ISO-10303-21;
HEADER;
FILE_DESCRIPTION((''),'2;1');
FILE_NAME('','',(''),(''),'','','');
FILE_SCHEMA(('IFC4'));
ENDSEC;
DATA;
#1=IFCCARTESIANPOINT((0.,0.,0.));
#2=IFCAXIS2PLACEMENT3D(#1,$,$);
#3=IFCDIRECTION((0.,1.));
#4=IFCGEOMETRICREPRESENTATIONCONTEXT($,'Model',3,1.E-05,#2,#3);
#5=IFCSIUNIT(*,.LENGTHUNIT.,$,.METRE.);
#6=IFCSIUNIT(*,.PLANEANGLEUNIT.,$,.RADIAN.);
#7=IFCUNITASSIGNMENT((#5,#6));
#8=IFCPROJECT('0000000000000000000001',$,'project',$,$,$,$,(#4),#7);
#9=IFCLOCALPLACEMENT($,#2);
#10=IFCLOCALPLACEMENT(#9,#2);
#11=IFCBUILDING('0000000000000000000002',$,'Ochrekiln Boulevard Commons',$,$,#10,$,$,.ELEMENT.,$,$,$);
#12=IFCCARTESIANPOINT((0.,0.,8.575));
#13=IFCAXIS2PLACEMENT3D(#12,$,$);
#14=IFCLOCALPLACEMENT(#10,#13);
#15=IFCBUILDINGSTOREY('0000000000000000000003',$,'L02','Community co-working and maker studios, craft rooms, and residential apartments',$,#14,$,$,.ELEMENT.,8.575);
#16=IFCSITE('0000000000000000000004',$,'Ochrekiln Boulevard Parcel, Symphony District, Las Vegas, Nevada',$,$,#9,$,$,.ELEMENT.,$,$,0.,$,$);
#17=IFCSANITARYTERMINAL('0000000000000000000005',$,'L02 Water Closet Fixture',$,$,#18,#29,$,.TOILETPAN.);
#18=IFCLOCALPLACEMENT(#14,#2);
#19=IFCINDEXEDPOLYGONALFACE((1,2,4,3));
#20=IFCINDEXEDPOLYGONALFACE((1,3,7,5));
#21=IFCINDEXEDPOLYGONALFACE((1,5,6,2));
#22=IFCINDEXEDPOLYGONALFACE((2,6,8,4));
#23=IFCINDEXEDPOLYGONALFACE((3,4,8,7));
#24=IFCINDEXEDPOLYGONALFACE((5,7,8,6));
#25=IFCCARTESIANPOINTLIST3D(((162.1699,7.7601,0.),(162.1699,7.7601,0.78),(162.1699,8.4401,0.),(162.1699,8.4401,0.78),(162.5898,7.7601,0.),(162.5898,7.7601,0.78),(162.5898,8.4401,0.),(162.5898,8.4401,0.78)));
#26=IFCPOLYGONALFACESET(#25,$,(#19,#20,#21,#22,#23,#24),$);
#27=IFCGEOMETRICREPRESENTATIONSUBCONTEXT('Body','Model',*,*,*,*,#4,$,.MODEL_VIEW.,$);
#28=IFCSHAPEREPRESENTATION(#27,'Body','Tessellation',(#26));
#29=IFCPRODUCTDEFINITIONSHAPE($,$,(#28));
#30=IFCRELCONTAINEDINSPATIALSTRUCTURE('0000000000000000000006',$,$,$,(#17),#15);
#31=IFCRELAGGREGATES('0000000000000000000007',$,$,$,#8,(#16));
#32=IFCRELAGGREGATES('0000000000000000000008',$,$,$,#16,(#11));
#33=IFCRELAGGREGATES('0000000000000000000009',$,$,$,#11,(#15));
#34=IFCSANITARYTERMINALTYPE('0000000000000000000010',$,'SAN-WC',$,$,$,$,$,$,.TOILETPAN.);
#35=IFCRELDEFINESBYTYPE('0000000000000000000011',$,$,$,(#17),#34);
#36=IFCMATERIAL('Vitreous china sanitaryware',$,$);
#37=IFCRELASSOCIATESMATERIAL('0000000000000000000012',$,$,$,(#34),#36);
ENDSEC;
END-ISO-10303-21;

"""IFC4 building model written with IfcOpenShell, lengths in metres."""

from ifc_helpers import new_model, si_unit, direction, frame, origin, origin_2d, place, context, subcontext, project, spatial, rectangle, extrude, material, type_object, element, save


model = new_model("IFC4")

# Units and contexts
model_context = context("Model", 3, precision=1e-05, world=origin(), true_north=direction((0.0, 1.0)))
body_context = subcontext(model_context, "Body", "Model", "MODEL_VIEW")
ifc_project = project(units=[si_unit("LENGTHUNIT", "METRE"), si_unit("PLANEANGLEUNIT", "RADIAN")], contexts=[model_context])

# Site, building, storey
site_placement = place(None, origin())
site = spatial("IfcSite", under=ifc_project, at=site_placement, Name="Ochrekiln Boulevard Parcel, Symphony District, Las Vegas, Nevada", CompositionType="ELEMENT", RefElevation=0.0)
building_placement = place(site_placement, origin())
building = spatial("IfcBuilding", under=site, at=building_placement, Name="Ochrekiln Boulevard Commons", CompositionType="ELEMENT")
storey_placement = place(building_placement, frame((0.0, 0.0, 8.575)))
storey = spatial("IfcBuildingStorey", under=building, at=storey_placement, Name="L02", Description="Community co-working and maker studios, craft rooms, and residential apartments", CompositionType="ELEMENT", Elevation=8.575)

# Sanitary terminal
ifc_material_1 = material(Name="Vitreous china sanitaryware")
sanitary_terminal_type = type_object("IfcSanitaryTerminalType", Name="SAN-WC", PredefinedType="TOILETPAN", material=ifc_material_1)
sanitary_terminal_placement = place(storey_placement, frame((162.3799, 8.1001, 0.0), z_axis=(0.0, 0.0, 1.0), x_axis=(1.0, 0.0, 0.0)))
element("IfcSanitaryTerminal", 1, at=sanitary_terminal_placement, inside=storey, type_object=sanitary_terminal_type, Name="L02 Water Closet Fixture", PredefinedType="TOILETPAN", context=body_context, shape_type="SweptSolid", body=[
    extrude(rectangle(XDim=0.4199, YDim=0.6799, at=origin_2d()), origin(), (0.0, 0.0, 1.0), 0.78),
])

save(model, "model.ifc")
